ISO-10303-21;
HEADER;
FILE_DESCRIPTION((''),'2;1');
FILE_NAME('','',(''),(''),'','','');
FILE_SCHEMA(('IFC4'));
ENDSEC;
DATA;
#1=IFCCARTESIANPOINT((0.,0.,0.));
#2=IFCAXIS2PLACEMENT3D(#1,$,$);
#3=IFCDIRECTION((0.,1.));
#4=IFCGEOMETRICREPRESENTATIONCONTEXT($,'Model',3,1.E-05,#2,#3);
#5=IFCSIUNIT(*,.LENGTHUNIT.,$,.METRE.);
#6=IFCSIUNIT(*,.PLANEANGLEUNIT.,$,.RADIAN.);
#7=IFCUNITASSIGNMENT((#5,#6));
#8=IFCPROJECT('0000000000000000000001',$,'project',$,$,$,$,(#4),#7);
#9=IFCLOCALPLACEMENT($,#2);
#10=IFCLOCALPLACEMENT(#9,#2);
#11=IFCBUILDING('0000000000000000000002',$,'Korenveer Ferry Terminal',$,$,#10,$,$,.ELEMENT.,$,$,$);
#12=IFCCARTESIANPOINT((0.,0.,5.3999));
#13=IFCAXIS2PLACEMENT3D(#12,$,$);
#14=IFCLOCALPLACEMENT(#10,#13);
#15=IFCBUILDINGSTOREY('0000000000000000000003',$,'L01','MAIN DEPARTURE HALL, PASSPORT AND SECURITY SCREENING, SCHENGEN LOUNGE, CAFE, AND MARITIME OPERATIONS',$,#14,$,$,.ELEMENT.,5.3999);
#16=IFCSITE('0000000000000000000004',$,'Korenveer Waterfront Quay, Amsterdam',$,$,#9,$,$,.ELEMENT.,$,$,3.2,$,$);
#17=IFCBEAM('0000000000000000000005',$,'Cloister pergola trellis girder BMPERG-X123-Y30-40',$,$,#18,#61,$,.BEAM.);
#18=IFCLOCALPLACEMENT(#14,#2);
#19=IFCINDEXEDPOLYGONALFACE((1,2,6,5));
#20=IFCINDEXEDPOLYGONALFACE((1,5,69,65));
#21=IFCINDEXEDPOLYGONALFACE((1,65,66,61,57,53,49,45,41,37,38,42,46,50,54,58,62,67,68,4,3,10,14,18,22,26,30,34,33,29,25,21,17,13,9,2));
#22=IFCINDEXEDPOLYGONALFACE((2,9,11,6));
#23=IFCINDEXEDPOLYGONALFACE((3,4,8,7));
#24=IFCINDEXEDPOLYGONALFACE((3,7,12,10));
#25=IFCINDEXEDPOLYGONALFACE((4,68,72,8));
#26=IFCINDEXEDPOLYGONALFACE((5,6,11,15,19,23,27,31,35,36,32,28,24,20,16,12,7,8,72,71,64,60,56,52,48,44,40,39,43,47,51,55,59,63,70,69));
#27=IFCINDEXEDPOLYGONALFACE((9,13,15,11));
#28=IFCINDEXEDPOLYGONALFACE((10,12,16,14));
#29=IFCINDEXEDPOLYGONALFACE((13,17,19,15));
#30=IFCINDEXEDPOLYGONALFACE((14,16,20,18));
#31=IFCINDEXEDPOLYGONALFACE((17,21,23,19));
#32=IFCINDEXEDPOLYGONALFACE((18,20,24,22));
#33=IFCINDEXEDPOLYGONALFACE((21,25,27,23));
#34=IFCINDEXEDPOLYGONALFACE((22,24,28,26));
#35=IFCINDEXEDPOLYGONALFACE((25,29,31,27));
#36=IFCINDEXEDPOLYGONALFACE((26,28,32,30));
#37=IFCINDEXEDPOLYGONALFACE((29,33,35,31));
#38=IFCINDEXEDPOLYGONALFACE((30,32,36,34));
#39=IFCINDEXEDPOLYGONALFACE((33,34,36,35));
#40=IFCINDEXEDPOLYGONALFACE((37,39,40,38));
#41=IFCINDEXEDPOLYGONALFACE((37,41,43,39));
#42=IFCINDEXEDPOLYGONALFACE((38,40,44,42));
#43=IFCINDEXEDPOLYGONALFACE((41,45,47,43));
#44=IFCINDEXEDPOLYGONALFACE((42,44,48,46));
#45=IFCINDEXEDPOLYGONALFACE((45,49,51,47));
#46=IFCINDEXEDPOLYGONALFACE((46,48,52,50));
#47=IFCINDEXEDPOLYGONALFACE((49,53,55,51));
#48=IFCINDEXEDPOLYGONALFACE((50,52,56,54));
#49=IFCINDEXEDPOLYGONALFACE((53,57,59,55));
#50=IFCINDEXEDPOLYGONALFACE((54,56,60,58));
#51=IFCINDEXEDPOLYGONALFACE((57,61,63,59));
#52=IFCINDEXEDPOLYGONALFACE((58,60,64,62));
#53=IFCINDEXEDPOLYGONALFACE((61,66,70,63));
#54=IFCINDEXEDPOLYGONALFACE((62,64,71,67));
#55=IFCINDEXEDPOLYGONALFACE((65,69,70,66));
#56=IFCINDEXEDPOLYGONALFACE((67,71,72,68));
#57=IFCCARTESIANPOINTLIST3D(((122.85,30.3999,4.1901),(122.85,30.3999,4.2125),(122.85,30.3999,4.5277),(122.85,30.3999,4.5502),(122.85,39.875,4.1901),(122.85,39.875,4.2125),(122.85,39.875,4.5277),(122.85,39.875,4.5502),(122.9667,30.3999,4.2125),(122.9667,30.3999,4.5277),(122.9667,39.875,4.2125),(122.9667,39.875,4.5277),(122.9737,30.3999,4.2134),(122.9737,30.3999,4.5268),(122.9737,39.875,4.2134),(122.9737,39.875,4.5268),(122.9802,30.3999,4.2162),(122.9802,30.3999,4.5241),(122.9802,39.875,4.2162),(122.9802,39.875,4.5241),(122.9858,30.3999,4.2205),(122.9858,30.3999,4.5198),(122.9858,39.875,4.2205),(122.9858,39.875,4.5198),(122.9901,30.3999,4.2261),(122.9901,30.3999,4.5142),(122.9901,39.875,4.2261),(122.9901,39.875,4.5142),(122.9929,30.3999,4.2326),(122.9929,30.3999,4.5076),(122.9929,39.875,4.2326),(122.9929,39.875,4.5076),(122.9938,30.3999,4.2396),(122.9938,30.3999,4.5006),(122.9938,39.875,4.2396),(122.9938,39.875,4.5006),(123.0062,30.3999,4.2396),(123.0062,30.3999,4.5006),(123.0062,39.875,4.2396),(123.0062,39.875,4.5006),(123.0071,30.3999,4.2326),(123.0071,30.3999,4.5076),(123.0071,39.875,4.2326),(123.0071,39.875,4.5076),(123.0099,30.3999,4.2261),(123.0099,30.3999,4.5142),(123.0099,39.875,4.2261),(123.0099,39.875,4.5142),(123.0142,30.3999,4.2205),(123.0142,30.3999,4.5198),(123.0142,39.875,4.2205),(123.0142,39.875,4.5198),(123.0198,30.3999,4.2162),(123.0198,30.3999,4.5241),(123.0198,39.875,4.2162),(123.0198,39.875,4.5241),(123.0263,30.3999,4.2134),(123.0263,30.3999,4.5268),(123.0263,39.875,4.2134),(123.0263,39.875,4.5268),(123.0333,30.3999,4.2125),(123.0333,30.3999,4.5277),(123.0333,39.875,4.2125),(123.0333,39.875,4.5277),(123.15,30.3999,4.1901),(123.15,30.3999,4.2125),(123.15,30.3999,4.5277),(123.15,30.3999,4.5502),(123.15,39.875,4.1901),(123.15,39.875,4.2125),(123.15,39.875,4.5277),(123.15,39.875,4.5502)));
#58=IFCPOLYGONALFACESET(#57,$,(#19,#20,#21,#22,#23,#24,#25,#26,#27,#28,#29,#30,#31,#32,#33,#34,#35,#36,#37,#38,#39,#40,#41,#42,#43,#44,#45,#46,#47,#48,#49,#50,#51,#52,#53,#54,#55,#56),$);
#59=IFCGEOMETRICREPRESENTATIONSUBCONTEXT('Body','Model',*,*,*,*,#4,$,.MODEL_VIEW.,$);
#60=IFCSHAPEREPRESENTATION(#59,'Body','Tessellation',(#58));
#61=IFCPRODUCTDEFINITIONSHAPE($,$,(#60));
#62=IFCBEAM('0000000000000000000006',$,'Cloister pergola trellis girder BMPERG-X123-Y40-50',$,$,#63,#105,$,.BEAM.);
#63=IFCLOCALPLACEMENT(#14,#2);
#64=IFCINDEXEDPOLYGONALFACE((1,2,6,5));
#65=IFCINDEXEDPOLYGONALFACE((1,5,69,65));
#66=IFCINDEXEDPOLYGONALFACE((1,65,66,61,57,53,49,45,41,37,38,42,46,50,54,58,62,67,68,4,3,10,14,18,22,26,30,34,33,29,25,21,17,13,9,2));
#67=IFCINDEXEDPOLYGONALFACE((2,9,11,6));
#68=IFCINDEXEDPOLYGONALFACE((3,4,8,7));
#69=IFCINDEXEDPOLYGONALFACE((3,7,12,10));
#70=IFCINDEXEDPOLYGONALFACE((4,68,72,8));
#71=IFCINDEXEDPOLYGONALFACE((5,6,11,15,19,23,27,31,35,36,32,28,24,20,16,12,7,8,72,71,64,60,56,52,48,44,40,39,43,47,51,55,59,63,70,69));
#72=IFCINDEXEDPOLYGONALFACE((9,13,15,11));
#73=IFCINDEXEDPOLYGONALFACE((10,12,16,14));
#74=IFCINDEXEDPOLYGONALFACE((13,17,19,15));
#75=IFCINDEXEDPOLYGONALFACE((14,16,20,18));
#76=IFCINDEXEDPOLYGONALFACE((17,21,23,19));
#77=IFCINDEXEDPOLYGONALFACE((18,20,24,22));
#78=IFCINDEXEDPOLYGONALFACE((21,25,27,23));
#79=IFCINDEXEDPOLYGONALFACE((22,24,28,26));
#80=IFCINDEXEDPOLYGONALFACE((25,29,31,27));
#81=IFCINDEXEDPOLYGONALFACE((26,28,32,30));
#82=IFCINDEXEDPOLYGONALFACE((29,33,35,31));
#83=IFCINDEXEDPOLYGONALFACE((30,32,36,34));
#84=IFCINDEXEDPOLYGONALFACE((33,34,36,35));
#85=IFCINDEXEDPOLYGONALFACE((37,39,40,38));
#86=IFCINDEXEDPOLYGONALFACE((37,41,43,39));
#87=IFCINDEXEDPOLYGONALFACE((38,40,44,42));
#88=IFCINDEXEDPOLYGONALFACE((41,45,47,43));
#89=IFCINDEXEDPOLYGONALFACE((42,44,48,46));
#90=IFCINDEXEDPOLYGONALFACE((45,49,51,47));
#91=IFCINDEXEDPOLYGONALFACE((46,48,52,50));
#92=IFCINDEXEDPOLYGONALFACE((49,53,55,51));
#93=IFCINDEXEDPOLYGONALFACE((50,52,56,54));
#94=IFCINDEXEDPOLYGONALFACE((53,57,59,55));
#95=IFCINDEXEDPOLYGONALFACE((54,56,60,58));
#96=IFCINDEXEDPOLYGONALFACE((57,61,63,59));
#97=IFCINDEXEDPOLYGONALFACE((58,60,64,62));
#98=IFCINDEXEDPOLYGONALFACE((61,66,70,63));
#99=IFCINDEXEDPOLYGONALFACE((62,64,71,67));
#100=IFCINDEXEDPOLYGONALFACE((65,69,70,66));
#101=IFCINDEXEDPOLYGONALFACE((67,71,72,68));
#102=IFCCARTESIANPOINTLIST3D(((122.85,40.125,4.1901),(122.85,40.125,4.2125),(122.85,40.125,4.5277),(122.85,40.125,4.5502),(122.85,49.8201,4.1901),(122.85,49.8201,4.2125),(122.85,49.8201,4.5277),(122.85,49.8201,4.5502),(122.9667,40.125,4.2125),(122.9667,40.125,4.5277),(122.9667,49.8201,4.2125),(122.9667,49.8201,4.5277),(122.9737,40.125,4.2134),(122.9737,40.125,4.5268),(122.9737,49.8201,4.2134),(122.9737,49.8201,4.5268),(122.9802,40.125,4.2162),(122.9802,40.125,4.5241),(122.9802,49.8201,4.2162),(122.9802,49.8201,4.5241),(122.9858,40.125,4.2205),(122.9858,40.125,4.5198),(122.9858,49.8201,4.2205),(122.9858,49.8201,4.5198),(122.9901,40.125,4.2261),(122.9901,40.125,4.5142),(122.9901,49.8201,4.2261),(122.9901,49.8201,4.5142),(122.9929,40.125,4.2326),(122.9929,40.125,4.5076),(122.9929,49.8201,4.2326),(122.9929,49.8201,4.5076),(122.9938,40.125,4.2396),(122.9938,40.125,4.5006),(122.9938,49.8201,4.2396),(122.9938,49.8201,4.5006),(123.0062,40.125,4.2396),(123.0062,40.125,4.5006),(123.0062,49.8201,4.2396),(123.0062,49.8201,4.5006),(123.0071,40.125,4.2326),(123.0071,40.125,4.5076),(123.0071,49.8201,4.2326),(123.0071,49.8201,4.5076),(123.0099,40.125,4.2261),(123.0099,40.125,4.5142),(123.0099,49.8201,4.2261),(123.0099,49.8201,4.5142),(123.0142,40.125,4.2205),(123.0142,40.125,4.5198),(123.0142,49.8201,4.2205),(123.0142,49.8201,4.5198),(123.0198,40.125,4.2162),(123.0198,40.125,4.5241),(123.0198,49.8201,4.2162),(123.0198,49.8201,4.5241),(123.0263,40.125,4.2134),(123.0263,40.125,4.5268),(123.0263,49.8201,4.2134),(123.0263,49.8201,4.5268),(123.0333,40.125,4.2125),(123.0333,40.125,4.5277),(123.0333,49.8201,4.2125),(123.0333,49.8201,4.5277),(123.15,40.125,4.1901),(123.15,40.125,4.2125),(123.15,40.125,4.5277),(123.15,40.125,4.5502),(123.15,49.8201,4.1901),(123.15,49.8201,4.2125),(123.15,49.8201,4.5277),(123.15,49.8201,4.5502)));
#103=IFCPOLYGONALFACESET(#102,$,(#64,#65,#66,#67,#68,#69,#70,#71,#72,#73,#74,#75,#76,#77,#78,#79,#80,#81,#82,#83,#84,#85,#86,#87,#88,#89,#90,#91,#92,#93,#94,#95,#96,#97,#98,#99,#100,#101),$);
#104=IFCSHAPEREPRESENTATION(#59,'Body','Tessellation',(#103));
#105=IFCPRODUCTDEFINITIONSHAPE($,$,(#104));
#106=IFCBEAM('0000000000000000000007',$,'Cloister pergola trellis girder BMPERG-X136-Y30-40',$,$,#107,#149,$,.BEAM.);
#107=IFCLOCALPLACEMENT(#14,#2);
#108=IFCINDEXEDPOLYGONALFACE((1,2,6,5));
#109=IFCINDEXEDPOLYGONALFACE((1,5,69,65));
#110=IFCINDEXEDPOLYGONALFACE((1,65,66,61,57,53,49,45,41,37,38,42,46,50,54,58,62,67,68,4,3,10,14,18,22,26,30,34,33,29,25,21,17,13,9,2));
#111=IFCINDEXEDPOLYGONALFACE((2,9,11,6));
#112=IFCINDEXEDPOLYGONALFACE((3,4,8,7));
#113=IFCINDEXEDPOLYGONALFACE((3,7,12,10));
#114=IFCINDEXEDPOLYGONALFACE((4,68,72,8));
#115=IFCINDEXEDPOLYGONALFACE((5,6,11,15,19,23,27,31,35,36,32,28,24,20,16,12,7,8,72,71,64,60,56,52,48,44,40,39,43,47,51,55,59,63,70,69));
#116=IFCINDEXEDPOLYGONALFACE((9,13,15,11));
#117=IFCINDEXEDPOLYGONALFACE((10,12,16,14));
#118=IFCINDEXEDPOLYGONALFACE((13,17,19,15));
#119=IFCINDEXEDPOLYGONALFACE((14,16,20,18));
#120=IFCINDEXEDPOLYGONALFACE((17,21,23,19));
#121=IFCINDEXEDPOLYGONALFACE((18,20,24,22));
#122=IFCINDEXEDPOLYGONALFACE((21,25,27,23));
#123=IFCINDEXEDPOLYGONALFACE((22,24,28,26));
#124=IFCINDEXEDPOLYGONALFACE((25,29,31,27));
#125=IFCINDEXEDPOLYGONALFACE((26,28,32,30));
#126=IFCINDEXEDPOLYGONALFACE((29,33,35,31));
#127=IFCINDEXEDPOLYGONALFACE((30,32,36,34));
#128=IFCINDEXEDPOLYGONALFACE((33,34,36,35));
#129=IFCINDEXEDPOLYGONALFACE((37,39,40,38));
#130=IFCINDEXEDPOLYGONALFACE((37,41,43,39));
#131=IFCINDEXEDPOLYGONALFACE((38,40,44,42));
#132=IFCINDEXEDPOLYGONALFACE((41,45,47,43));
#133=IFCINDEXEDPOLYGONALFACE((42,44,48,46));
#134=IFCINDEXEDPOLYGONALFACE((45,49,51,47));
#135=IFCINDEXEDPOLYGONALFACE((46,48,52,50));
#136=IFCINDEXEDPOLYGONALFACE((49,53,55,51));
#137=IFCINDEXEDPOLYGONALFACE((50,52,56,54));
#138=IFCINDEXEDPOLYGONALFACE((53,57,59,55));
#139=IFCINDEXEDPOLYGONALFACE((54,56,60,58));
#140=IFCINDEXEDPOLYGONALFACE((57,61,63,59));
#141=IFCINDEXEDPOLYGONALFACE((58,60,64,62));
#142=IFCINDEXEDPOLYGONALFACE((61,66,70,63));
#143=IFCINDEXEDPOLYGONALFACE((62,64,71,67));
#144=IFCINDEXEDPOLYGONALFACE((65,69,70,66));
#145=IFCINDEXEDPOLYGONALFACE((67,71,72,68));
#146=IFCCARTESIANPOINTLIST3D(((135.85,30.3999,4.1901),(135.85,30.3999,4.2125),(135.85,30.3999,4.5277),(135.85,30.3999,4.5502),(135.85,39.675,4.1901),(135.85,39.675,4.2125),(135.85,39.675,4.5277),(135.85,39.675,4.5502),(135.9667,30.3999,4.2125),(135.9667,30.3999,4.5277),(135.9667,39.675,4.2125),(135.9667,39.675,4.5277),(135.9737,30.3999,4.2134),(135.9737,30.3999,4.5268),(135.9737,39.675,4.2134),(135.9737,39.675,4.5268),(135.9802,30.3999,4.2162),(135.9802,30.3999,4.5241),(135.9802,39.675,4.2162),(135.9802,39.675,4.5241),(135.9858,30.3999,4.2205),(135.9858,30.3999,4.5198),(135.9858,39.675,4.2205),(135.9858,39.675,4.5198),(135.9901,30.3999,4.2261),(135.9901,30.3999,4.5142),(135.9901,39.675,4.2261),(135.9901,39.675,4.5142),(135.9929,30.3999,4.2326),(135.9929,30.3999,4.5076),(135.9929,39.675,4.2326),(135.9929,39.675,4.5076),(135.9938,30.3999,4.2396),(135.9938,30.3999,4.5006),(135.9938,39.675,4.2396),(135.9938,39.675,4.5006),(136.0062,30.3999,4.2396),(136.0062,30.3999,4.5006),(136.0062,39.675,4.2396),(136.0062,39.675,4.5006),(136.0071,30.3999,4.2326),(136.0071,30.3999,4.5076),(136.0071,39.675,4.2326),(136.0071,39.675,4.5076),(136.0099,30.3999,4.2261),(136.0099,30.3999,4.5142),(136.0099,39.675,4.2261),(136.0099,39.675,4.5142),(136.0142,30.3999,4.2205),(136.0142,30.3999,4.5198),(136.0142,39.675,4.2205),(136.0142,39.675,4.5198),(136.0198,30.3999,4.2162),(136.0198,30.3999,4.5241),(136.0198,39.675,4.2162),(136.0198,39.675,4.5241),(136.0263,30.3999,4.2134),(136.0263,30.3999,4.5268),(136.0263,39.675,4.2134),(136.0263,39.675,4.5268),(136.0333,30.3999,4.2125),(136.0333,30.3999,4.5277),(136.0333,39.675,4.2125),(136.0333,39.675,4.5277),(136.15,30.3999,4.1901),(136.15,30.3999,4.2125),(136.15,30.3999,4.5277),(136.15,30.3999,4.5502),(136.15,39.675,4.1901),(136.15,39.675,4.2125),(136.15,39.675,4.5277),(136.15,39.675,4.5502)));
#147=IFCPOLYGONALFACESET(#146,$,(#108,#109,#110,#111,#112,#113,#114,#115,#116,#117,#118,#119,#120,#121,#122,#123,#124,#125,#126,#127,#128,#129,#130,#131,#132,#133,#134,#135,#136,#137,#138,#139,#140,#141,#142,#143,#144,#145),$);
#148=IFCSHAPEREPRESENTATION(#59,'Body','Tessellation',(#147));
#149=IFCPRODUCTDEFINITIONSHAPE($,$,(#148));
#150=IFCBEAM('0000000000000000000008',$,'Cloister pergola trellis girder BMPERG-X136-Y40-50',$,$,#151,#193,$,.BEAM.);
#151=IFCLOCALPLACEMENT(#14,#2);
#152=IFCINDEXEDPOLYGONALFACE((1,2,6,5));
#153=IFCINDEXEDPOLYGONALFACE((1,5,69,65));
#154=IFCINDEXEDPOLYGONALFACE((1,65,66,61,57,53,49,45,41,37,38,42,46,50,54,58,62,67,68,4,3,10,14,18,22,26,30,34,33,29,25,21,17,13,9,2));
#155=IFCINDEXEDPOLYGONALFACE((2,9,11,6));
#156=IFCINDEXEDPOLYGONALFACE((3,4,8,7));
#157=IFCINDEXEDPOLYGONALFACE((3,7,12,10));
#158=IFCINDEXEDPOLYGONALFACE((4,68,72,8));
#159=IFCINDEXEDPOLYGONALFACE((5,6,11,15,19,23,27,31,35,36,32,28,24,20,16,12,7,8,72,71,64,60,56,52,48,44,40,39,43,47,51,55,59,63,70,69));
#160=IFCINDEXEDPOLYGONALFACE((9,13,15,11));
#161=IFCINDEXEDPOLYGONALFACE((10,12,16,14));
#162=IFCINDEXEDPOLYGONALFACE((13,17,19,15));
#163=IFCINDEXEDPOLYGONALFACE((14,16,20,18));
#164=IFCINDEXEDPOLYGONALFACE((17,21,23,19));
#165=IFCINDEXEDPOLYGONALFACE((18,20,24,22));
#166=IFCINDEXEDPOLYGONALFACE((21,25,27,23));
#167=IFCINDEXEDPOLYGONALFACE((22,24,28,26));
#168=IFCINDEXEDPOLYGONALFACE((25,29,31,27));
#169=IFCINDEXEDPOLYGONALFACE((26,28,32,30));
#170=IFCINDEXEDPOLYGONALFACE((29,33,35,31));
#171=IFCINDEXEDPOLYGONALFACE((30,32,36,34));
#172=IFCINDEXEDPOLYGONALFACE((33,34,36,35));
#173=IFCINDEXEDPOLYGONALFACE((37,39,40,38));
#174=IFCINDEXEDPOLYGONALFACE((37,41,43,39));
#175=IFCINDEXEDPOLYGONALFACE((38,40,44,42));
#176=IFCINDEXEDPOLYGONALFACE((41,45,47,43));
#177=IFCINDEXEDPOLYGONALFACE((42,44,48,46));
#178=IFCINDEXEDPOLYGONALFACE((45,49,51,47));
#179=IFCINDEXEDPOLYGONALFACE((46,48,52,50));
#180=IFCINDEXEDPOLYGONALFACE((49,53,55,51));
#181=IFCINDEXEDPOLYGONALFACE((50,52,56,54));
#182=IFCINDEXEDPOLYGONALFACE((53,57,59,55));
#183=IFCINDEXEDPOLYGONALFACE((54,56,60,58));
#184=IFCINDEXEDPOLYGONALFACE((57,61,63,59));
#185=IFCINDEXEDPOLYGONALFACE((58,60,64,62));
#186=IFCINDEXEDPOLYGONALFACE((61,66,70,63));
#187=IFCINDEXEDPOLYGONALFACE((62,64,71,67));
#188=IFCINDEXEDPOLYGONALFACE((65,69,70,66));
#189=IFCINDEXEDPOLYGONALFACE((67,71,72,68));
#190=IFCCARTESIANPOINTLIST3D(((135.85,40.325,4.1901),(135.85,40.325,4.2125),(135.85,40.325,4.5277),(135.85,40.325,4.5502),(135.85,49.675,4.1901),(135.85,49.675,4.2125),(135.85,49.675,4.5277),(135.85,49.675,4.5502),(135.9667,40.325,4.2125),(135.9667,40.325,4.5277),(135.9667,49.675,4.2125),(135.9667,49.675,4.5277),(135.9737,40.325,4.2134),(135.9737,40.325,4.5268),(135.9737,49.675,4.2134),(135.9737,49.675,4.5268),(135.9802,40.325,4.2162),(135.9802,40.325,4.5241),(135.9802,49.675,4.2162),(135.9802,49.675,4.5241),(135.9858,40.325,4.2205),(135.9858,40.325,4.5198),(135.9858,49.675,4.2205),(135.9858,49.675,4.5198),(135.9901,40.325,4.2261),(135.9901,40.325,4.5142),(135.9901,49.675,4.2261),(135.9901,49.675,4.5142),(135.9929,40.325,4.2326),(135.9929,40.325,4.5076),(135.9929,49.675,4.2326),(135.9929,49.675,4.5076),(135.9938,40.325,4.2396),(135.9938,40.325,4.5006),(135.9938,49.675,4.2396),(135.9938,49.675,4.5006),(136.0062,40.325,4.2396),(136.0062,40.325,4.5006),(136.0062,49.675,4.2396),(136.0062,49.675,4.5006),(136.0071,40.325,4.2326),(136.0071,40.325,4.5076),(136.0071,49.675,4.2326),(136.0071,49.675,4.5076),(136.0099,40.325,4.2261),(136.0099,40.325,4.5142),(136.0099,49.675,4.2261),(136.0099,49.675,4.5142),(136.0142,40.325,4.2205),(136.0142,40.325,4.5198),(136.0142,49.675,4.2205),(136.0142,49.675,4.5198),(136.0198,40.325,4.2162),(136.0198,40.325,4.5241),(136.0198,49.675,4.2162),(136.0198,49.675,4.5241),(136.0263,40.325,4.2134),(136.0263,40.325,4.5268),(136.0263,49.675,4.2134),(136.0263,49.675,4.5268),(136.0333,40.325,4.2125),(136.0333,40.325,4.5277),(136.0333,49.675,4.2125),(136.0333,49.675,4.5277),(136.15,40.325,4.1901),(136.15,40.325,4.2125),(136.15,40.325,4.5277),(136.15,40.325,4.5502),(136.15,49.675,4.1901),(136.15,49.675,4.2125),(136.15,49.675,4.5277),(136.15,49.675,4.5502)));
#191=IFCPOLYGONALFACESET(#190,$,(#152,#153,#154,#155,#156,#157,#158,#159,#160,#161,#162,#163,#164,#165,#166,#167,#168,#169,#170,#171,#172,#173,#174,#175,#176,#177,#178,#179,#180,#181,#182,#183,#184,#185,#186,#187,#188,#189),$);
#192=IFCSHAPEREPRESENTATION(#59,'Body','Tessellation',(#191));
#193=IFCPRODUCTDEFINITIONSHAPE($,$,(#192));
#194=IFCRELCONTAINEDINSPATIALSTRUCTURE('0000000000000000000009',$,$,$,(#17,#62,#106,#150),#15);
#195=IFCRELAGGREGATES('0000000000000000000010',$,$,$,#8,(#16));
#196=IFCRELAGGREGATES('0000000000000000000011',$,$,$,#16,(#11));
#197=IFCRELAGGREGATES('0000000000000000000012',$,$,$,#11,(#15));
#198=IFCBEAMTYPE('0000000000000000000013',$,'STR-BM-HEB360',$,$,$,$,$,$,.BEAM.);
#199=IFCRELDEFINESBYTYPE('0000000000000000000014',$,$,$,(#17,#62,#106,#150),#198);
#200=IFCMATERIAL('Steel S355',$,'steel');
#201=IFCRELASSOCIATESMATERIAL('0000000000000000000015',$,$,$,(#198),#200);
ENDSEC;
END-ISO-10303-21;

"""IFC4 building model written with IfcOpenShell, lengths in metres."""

from ifc_helpers import new_model, si_unit, direction, frame, origin, origin_2d, place, context, subcontext, project, spatial, i_section, extrude, material, material_profile, profile_set, type_object, element, save


model = new_model("IFC4")

# Units and contexts
model_context = context("Model", 3, precision=1e-05, world=origin(), true_north=direction((0.0, 1.0)))
body_context = subcontext(model_context, "Body", "Model", "MODEL_VIEW")
ifc_project = project(units=[si_unit("LENGTHUNIT", "METRE"), si_unit("PLANEANGLEUNIT", "RADIAN")], contexts=[model_context])

# Site, building, storey
site_placement = place(None, origin())
site = spatial("IfcSite", under=ifc_project, at=site_placement, Name="Korenveer Waterfront Quay, Amsterdam", CompositionType="ELEMENT", RefElevation=3.2)
building_placement = place(site_placement, origin())
building = spatial("IfcBuilding", under=site, at=building_placement, Name="Korenveer Ferry Terminal", CompositionType="ELEMENT")
storey_placement = place(building_placement, frame((0.0, 0.0, 5.3999)))
storey = spatial("IfcBuildingStorey", under=building, at=storey_placement, Name="L01", Description="MAIN DEPARTURE HALL, PASSPORT AND SECURITY SCREENING, SCHENGEN LOUNGE, CAFE, AND MARITIME OPERATIONS", CompositionType="ELEMENT", Elevation=5.3999)

# Shared definitions
ifc_material_1 = material(Name="Steel S355", Category="steel")

# Beams
ifc_material_profile_1 = material_profile(ifc_material_1, i_section(OverallWidth=0.3, OverallDepth=0.3601, WebThickness=0.0125, FlangeThickness=0.0225, FilletRadius=0.0271, at=origin_2d()), Name="HEB 360")
ifc_profile_set_1 = profile_set([ifc_material_profile_1], Name="Steel S355")
beam_type_1 = type_object("IfcBeamType", Name="STR-BM-HEB360", PredefinedType="BEAM", material=ifc_profile_set_1)
beam_1_placement = place(storey_placement, frame((123.0, 30.3999, 4.3701), z_axis=(0.0, 1.0, 0.0), x_axis=(-1.0, 0.0, 0.0)))
element("IfcBeam", 1, at=beam_1_placement, inside=storey, type_object=beam_type_1, Name="Cloister pergola trellis girder BMPERG-X123-Y30-40", PredefinedType="BEAM", context=body_context, shape_type="SweptSolid", body=[
    extrude(i_section(OverallWidth=0.3, OverallDepth=0.3601, WebThickness=0.0125, FlangeThickness=0.0225, FilletRadius=0.0271, at=origin_2d()), origin(), (0.0, 0.0, 1.0), 9.4751),
])
beam_2_placement = place(storey_placement, frame((123.0, 40.125, 4.3701), z_axis=(0.0, 1.0, 0.0), x_axis=(-1.0, 0.0, 0.0)))
element("IfcBeam", 2, at=beam_2_placement, inside=storey, type_object=beam_type_1, Name="Cloister pergola trellis girder BMPERG-X123-Y40-50", PredefinedType="BEAM", context=body_context, shape_type="SweptSolid", body=[
    extrude(i_section(OverallWidth=0.3, OverallDepth=0.3601, WebThickness=0.0125, FlangeThickness=0.0225, FilletRadius=0.0271, at=origin_2d()), origin(), (0.0, 0.0, 1.0), 9.6951),
])
beam_3_placement = place(storey_placement, frame((136.0, 30.3999, 4.3701), z_axis=(0.0, 1.0, 0.0), x_axis=(-1.0, 0.0, 0.0)))
element("IfcBeam", 3, at=beam_3_placement, inside=storey, type_object=beam_type_1, Name="Cloister pergola trellis girder BMPERG-X136-Y30-40", PredefinedType="BEAM", context=body_context, shape_type="SweptSolid", body=[
    extrude(i_section(OverallWidth=0.3, OverallDepth=0.3601, WebThickness=0.0125, FlangeThickness=0.0225, FilletRadius=0.0271, at=origin_2d()), origin(), (0.0, 0.0, 1.0), 9.2751),
])
beam_4_placement = place(storey_placement, frame((136.0, 40.325, 4.3701), z_axis=(0.0, 1.0, 0.0), x_axis=(-1.0, 0.0, 0.0)))
element("IfcBeam", 4, at=beam_4_placement, inside=storey, type_object=beam_type_1, Name="Cloister pergola trellis girder BMPERG-X136-Y40-50", PredefinedType="BEAM", context=body_context, shape_type="SweptSolid", body=[
    extrude(i_section(OverallWidth=0.3, OverallDepth=0.3601, WebThickness=0.0125, FlangeThickness=0.0225, FilletRadius=0.0271, at=origin_2d()), origin(), (0.0, 0.0, 1.0), 9.3501),
])

save(model, "model.ifc")
